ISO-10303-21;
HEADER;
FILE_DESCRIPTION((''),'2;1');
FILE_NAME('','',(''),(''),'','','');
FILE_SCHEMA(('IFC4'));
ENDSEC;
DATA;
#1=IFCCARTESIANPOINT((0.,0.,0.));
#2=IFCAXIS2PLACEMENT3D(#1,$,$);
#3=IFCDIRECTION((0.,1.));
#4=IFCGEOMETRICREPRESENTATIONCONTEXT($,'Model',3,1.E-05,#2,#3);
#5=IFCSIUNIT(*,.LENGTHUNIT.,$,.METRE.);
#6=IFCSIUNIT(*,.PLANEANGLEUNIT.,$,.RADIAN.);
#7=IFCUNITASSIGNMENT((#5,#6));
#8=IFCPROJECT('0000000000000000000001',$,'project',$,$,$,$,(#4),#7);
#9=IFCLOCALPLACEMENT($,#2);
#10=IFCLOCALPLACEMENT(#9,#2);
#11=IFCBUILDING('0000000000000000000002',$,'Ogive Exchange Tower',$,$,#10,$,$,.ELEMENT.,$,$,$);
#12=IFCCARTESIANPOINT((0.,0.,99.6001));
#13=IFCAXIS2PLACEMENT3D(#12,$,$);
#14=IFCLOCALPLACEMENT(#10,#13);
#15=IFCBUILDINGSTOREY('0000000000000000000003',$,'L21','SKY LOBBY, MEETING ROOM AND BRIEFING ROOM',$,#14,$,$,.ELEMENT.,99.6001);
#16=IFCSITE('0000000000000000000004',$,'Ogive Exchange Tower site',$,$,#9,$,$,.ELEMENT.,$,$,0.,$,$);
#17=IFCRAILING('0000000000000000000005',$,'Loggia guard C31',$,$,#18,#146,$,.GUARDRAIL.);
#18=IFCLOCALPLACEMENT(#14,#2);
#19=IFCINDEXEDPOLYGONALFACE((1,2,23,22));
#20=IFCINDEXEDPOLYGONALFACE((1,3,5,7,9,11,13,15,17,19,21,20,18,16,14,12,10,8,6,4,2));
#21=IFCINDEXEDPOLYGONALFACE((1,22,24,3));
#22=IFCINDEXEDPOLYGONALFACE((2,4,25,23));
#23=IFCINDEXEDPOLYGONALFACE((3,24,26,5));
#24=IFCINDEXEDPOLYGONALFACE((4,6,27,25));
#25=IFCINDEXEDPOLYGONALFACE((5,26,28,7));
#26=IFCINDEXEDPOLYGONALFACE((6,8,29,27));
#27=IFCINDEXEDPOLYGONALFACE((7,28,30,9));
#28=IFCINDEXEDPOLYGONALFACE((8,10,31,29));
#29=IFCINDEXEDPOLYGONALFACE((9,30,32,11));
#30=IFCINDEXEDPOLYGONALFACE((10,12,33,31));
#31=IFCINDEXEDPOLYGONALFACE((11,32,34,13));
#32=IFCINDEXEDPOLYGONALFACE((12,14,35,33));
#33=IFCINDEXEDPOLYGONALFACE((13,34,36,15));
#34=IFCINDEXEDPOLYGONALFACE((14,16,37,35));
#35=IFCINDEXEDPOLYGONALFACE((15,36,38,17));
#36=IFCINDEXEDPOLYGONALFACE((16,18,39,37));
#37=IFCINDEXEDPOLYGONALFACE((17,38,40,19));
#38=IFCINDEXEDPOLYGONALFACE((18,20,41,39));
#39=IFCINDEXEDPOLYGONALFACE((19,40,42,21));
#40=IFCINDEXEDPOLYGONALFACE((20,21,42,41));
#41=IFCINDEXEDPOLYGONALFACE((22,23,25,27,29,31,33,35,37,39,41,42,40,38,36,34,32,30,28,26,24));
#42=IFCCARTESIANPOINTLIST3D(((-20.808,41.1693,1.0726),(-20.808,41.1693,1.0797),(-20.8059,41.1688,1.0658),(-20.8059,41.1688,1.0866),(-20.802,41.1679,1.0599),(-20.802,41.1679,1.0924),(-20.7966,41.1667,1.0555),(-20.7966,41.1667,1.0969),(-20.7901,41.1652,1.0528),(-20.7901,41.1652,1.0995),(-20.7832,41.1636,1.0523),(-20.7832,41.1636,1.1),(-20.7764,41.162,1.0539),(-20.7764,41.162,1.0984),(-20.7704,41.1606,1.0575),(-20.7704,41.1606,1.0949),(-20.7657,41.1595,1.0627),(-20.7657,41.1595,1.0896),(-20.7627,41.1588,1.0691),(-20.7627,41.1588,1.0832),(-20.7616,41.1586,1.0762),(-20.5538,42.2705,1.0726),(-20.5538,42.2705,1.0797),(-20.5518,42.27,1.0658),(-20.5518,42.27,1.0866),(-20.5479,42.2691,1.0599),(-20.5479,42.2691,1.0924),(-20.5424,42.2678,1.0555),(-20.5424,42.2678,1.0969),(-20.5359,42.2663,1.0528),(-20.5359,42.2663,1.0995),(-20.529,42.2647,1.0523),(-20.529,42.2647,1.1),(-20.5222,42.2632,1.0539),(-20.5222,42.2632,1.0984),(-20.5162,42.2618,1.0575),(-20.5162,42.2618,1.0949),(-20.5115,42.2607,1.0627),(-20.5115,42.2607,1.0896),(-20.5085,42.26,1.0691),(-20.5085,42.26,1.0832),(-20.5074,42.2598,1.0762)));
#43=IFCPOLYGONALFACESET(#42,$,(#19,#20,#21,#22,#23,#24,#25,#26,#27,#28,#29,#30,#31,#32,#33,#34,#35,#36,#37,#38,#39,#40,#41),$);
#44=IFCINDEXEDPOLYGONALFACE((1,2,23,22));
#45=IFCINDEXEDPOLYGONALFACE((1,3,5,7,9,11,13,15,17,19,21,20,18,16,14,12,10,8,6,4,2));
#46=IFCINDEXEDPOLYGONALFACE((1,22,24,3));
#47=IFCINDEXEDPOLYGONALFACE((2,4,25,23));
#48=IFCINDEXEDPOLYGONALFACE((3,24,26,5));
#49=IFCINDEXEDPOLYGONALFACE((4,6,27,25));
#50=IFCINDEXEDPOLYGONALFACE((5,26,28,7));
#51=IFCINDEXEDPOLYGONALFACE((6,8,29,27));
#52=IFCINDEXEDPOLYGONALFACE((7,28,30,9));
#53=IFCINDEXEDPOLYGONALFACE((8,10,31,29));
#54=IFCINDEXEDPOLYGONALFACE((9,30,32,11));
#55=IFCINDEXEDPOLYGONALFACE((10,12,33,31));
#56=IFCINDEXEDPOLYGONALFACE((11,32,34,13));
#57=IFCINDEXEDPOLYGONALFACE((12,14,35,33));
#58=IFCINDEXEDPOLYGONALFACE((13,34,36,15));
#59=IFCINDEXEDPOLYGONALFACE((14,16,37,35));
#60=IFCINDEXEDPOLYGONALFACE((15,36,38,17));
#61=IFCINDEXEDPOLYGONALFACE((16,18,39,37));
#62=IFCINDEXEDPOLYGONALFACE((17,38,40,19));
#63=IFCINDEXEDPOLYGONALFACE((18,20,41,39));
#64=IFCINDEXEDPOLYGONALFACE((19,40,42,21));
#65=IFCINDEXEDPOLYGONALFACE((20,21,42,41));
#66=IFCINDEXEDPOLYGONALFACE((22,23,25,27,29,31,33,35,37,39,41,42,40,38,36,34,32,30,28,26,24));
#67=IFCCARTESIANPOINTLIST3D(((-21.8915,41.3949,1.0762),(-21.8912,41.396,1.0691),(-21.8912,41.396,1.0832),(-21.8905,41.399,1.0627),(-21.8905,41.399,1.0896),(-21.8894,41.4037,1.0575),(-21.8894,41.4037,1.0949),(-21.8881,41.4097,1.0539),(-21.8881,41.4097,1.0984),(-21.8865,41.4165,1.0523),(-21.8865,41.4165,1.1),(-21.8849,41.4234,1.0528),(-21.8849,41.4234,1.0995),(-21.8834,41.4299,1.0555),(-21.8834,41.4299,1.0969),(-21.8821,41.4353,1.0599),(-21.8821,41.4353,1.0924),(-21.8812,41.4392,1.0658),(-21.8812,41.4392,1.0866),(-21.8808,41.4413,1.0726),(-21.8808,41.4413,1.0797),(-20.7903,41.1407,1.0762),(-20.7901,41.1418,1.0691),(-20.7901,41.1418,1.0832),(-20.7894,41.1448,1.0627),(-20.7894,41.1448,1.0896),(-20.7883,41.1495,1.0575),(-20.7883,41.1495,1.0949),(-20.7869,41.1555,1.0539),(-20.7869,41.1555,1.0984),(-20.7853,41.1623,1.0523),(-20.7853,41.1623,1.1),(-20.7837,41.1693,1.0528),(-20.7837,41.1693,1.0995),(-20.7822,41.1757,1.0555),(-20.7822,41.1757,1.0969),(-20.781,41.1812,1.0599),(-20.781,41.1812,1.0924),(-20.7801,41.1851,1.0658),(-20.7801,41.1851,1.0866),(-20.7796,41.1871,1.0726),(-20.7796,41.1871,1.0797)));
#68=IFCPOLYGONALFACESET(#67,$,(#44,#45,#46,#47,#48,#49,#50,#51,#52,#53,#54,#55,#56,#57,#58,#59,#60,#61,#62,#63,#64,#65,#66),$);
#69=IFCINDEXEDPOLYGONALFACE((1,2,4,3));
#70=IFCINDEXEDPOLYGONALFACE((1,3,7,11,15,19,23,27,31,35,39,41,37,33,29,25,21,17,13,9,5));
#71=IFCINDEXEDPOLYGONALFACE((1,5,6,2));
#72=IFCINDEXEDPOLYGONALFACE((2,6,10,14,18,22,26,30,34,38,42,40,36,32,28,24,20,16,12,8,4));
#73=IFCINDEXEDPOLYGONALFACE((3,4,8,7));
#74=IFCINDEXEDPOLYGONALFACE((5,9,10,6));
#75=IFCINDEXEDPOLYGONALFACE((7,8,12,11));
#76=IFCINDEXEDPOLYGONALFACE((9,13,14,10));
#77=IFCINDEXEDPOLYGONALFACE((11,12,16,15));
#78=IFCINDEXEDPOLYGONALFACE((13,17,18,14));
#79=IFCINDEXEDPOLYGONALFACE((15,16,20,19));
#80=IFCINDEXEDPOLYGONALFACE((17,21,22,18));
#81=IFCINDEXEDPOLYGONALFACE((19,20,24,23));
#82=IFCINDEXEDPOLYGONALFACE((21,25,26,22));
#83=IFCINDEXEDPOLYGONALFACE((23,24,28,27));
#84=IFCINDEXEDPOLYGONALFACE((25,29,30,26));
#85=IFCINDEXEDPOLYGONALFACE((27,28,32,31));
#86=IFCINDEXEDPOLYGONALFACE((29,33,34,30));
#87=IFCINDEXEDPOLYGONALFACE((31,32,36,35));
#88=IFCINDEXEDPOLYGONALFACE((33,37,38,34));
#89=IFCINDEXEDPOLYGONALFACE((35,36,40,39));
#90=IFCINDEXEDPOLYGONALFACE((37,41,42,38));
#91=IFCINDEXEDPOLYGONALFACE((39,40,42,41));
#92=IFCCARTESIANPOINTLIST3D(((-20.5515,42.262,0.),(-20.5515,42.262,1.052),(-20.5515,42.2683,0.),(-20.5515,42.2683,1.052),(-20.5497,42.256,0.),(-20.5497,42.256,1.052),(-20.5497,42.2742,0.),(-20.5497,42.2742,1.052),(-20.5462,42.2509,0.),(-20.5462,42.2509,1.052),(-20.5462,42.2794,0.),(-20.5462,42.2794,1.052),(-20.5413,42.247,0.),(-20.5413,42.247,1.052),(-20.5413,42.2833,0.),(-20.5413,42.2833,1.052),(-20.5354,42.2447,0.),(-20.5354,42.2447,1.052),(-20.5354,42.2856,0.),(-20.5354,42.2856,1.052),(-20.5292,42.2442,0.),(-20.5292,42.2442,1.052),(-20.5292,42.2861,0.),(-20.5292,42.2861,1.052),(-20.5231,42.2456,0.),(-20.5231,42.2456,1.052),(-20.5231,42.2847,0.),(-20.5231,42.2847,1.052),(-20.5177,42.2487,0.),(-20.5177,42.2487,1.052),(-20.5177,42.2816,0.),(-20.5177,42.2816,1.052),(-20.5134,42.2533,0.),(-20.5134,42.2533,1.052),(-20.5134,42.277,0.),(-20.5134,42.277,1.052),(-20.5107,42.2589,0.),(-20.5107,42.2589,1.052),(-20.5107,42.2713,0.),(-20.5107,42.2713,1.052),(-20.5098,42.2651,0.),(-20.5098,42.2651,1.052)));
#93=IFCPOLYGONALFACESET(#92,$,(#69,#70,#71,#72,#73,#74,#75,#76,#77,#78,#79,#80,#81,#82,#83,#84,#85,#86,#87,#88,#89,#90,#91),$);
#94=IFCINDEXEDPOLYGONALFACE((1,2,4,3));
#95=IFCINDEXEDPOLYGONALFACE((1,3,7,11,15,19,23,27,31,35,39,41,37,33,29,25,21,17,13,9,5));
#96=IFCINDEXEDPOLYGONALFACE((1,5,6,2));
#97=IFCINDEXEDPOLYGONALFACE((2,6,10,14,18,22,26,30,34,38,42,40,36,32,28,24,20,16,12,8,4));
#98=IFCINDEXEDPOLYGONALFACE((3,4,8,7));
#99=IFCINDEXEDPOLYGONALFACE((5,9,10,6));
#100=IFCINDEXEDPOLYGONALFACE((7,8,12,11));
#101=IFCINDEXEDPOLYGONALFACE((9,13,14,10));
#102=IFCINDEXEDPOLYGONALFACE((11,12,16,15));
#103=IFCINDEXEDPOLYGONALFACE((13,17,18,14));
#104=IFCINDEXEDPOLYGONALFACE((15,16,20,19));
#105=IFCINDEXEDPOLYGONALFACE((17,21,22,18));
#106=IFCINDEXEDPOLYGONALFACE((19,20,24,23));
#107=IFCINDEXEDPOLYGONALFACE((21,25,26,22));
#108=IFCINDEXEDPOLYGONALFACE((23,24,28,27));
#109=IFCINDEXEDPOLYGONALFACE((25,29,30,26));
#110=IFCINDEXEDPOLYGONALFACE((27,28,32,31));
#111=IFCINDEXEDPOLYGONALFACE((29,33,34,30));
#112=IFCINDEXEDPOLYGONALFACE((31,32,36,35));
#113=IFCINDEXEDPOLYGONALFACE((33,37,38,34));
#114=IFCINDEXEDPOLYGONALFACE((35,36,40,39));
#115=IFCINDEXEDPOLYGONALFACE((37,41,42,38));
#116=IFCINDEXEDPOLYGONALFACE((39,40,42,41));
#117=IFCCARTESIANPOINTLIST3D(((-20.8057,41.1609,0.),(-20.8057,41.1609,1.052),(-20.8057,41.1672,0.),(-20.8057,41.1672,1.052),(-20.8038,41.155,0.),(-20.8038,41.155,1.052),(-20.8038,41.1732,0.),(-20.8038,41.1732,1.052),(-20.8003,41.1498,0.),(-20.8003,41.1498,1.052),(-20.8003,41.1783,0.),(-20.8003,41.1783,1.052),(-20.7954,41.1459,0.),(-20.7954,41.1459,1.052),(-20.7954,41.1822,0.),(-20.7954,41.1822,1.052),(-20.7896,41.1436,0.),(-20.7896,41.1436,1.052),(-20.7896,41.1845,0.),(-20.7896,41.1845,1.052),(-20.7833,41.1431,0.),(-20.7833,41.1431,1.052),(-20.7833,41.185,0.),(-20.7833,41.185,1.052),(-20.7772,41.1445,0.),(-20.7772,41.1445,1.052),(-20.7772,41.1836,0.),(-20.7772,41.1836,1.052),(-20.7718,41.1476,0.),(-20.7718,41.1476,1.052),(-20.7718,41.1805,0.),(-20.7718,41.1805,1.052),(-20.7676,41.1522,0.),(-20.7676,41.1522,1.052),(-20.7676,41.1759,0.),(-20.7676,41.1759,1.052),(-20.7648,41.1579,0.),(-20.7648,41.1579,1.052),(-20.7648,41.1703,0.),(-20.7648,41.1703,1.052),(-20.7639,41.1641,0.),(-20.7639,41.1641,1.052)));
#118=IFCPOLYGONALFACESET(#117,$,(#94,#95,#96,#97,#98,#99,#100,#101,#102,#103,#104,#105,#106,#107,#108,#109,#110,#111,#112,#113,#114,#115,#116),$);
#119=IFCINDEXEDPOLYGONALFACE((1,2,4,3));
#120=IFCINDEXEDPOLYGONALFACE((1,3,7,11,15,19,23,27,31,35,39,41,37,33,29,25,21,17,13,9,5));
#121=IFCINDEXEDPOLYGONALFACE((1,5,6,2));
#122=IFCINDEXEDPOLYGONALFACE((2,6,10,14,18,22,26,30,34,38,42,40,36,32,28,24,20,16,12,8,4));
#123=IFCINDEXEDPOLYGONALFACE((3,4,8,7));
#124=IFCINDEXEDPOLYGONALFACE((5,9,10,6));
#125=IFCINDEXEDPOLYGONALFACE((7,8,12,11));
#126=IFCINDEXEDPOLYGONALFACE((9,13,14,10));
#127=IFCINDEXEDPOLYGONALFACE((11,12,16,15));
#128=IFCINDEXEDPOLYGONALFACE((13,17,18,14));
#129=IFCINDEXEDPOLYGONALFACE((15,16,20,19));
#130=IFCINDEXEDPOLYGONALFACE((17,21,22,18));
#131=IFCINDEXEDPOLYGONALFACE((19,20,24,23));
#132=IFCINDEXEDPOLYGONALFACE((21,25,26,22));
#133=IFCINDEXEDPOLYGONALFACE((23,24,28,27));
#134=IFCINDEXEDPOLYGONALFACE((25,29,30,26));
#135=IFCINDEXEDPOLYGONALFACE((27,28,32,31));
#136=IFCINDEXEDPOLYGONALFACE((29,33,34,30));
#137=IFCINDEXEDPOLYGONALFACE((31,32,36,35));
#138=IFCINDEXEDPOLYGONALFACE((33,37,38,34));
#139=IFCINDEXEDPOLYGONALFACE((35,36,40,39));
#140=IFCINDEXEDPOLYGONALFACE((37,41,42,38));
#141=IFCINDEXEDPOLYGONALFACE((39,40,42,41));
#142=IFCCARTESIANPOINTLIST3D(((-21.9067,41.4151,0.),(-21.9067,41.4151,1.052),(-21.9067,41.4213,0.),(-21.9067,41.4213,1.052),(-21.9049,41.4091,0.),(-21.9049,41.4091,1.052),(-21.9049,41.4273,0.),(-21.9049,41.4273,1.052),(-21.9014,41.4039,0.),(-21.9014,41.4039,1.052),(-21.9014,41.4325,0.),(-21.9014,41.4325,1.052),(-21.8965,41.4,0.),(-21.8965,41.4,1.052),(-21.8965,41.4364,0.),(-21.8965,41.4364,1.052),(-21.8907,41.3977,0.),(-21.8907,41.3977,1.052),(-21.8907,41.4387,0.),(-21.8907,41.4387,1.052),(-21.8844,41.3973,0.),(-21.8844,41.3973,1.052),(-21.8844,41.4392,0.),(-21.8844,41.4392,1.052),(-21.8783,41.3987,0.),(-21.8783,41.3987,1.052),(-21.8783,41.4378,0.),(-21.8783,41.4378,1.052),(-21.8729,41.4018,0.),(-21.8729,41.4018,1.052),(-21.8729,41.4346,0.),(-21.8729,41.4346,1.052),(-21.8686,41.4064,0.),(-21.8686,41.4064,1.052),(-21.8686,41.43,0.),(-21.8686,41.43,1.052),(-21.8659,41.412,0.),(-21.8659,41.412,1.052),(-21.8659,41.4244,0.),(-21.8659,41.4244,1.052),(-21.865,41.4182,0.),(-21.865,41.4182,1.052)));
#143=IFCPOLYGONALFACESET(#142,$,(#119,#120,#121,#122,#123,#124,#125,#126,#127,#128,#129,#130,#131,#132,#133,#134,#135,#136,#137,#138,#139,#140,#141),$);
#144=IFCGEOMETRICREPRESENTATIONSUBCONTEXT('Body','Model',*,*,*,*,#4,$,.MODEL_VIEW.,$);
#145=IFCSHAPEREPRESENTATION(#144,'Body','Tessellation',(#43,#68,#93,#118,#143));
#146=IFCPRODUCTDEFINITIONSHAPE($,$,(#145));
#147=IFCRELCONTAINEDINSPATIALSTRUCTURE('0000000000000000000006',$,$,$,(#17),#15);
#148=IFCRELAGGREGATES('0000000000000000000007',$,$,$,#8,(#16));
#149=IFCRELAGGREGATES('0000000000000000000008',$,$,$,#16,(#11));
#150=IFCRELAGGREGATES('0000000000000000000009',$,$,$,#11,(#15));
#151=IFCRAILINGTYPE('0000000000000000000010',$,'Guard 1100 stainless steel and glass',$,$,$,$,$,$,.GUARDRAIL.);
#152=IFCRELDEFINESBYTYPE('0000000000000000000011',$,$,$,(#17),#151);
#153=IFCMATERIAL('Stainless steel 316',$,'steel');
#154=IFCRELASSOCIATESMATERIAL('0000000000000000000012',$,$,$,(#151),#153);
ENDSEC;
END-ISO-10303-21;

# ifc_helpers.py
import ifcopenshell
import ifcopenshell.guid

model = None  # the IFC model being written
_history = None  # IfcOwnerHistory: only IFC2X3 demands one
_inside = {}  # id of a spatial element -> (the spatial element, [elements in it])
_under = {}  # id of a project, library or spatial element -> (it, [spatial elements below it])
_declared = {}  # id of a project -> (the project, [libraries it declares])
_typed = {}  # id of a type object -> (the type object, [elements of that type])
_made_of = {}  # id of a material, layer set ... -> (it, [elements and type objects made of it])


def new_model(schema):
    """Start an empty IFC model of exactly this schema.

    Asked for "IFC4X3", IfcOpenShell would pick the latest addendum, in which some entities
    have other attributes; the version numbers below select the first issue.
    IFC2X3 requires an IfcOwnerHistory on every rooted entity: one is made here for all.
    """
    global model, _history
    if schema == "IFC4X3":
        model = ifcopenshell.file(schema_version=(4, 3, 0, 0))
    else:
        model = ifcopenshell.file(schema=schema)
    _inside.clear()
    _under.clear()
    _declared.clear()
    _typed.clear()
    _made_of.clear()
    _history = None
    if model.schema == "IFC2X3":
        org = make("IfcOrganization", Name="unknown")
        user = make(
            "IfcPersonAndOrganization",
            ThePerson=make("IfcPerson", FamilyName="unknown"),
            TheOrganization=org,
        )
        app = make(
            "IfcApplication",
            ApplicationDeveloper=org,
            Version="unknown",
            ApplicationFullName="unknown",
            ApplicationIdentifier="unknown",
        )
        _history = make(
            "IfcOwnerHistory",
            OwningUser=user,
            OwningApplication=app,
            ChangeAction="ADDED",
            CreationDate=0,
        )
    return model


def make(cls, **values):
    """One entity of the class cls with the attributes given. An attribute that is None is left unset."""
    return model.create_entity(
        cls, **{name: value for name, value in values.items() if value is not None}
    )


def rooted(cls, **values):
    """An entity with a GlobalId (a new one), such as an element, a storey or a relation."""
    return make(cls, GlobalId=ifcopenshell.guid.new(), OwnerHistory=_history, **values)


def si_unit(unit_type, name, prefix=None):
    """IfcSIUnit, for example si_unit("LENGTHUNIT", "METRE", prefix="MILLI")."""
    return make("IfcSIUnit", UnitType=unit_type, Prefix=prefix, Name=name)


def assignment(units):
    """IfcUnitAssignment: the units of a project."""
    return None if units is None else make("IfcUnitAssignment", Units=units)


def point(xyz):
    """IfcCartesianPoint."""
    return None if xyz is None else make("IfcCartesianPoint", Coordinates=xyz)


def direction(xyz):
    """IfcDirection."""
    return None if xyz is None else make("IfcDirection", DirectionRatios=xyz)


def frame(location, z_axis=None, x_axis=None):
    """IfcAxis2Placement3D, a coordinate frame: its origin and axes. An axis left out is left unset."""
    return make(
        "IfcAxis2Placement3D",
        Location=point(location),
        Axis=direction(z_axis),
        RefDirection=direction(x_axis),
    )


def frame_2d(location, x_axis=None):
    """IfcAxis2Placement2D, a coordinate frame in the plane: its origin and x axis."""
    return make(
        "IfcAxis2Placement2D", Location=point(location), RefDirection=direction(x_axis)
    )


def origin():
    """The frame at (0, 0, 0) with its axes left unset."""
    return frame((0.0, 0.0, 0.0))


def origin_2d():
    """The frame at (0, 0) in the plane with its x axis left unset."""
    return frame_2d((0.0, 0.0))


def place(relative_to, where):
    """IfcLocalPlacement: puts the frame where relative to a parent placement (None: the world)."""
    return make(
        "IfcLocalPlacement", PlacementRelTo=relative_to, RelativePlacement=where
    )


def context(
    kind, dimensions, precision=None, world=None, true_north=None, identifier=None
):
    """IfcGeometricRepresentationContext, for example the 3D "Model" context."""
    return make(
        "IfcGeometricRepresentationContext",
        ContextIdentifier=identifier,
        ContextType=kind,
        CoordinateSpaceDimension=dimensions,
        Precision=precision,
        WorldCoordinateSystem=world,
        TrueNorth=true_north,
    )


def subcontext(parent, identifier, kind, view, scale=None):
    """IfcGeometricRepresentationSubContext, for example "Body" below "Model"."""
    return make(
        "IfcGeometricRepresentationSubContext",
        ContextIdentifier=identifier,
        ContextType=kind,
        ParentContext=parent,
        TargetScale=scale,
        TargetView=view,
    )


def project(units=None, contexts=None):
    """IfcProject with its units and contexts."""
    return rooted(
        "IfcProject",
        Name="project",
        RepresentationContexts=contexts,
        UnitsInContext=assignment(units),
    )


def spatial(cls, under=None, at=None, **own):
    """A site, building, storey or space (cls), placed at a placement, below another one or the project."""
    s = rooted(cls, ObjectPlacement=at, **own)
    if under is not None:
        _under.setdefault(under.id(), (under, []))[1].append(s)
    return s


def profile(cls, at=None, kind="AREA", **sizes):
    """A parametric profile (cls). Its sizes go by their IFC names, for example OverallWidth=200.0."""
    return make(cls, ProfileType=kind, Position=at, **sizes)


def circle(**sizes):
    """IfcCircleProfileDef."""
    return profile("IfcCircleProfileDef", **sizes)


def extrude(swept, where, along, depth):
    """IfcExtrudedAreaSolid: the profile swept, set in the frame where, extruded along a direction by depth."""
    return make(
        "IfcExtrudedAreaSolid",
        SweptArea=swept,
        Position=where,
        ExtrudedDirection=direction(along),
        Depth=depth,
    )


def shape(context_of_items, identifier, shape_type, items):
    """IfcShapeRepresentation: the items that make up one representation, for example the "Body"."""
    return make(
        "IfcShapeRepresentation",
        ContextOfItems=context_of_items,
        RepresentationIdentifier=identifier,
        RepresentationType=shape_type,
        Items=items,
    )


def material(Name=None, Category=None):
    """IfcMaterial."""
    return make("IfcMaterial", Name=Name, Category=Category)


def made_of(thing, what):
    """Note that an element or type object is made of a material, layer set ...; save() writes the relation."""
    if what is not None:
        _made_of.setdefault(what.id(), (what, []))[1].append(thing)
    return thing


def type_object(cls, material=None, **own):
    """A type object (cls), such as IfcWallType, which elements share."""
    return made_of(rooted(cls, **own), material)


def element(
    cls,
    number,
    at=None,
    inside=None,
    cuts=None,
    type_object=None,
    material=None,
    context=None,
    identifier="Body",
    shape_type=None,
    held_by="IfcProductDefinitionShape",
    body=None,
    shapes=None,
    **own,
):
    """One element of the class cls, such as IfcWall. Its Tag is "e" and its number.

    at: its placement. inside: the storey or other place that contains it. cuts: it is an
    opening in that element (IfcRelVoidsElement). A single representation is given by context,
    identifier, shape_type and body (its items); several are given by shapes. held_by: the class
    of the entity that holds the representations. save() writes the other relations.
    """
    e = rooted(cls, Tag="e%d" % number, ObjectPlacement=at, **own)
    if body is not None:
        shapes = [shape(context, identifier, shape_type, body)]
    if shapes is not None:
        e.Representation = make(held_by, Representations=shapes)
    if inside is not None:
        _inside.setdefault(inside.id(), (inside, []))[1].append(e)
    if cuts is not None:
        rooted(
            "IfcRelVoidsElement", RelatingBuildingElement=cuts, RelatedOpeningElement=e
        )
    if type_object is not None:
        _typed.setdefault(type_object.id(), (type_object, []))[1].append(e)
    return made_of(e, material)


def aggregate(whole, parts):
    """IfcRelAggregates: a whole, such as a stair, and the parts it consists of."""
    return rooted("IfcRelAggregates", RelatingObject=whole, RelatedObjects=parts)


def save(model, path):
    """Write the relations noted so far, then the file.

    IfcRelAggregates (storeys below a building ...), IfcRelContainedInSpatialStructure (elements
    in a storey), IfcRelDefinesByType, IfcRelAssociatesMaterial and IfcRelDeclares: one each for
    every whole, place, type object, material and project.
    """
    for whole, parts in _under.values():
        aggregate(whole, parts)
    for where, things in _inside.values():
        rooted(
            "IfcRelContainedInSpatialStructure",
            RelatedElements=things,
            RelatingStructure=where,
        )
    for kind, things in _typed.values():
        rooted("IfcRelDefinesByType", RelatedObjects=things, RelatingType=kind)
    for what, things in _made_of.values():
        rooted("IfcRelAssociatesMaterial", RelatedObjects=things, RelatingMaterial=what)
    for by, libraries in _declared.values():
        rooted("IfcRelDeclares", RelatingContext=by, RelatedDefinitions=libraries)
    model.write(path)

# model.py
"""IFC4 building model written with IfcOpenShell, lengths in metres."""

from ifc_helpers import new_model, si_unit, direction, frame, origin, origin_2d, place, context, subcontext, project, spatial, circle, extrude, material, type_object, element, save


model = new_model("IFC4")

# Units and contexts
model_context = context("Model", 3, precision=1e-05, world=origin(), true_north=direction((0.0, 1.0)))
body_context = subcontext(model_context, "Body", "Model", "MODEL_VIEW")
ifc_project = project(units=[si_unit("LENGTHUNIT", "METRE"), si_unit("PLANEANGLEUNIT", "RADIAN")], contexts=[model_context])

# Site, building, storey
site_placement = place(None, origin())
site = spatial("IfcSite", under=ifc_project, at=site_placement, Name="Ogive Exchange Tower site", CompositionType="ELEMENT", RefElevation=0.0)
building_placement = place(site_placement, origin())
building = spatial("IfcBuilding", under=site, at=building_placement, Name="Ogive Exchange Tower", CompositionType="ELEMENT")
storey_placement = place(building_placement, frame((0.0, 0.0, 99.6001)))
storey = spatial("IfcBuildingStorey", under=building, at=storey_placement, Name="L21", Description="SKY LOBBY, MEETING ROOM AND BRIEFING ROOM", CompositionType="ELEMENT", Elevation=99.6001)

# Railing
ifc_material_1 = material(Name="Stainless steel 316", Category="steel")
railing_type_1 = type_object("IfcRailingType", Name="Guard 1100 stainless steel and glass", PredefinedType="GUARDRAIL", material=ifc_material_1)
railing_1_placement = place(storey_placement, frame((-20.5308, 42.2651, 0.0)))
element("IfcRailing", 1, at=railing_1_placement, inside=storey, type_object=railing_type_1, Name="Loggia guard C31", PredefinedType="GUARDRAIL", context=body_context, shape_type="SweptSolid", body=[
    extrude(circle(Radius=0.0239, at=origin_2d()), frame((0.0, 0.0, 1.0762), z_axis=(-0.224907, -0.97438, 0.0), x_axis=(0.97438, -0.224907, 0.0)), (0.0, 0.0, 1.0), 1.1301),
    extrude(circle(Radius=0.0239, at=origin_2d()), frame((-0.2542, -1.1011, 1.0762), z_axis=(-0.97438, 0.224907, 0.0), x_axis=(-0.224907, -0.97438, 0.0)), (0.0, 0.0, 1.0), 1.1301),
    extrude(circle(Radius=0.021, at=origin_2d()), origin(), (0.0, 0.0, 1.0), 1.052),
    extrude(circle(Radius=0.021, at=origin_2d()), frame((-0.2542, -1.1011, 0.0)), (0.0, 0.0, 1.0), 1.052),
    extrude(circle(Radius=0.021, at=origin_2d()), frame((-1.3552, -0.8469, 0.0)), (0.0, 0.0, 1.0), 1.052),
])

save(model, "model.ifc")
